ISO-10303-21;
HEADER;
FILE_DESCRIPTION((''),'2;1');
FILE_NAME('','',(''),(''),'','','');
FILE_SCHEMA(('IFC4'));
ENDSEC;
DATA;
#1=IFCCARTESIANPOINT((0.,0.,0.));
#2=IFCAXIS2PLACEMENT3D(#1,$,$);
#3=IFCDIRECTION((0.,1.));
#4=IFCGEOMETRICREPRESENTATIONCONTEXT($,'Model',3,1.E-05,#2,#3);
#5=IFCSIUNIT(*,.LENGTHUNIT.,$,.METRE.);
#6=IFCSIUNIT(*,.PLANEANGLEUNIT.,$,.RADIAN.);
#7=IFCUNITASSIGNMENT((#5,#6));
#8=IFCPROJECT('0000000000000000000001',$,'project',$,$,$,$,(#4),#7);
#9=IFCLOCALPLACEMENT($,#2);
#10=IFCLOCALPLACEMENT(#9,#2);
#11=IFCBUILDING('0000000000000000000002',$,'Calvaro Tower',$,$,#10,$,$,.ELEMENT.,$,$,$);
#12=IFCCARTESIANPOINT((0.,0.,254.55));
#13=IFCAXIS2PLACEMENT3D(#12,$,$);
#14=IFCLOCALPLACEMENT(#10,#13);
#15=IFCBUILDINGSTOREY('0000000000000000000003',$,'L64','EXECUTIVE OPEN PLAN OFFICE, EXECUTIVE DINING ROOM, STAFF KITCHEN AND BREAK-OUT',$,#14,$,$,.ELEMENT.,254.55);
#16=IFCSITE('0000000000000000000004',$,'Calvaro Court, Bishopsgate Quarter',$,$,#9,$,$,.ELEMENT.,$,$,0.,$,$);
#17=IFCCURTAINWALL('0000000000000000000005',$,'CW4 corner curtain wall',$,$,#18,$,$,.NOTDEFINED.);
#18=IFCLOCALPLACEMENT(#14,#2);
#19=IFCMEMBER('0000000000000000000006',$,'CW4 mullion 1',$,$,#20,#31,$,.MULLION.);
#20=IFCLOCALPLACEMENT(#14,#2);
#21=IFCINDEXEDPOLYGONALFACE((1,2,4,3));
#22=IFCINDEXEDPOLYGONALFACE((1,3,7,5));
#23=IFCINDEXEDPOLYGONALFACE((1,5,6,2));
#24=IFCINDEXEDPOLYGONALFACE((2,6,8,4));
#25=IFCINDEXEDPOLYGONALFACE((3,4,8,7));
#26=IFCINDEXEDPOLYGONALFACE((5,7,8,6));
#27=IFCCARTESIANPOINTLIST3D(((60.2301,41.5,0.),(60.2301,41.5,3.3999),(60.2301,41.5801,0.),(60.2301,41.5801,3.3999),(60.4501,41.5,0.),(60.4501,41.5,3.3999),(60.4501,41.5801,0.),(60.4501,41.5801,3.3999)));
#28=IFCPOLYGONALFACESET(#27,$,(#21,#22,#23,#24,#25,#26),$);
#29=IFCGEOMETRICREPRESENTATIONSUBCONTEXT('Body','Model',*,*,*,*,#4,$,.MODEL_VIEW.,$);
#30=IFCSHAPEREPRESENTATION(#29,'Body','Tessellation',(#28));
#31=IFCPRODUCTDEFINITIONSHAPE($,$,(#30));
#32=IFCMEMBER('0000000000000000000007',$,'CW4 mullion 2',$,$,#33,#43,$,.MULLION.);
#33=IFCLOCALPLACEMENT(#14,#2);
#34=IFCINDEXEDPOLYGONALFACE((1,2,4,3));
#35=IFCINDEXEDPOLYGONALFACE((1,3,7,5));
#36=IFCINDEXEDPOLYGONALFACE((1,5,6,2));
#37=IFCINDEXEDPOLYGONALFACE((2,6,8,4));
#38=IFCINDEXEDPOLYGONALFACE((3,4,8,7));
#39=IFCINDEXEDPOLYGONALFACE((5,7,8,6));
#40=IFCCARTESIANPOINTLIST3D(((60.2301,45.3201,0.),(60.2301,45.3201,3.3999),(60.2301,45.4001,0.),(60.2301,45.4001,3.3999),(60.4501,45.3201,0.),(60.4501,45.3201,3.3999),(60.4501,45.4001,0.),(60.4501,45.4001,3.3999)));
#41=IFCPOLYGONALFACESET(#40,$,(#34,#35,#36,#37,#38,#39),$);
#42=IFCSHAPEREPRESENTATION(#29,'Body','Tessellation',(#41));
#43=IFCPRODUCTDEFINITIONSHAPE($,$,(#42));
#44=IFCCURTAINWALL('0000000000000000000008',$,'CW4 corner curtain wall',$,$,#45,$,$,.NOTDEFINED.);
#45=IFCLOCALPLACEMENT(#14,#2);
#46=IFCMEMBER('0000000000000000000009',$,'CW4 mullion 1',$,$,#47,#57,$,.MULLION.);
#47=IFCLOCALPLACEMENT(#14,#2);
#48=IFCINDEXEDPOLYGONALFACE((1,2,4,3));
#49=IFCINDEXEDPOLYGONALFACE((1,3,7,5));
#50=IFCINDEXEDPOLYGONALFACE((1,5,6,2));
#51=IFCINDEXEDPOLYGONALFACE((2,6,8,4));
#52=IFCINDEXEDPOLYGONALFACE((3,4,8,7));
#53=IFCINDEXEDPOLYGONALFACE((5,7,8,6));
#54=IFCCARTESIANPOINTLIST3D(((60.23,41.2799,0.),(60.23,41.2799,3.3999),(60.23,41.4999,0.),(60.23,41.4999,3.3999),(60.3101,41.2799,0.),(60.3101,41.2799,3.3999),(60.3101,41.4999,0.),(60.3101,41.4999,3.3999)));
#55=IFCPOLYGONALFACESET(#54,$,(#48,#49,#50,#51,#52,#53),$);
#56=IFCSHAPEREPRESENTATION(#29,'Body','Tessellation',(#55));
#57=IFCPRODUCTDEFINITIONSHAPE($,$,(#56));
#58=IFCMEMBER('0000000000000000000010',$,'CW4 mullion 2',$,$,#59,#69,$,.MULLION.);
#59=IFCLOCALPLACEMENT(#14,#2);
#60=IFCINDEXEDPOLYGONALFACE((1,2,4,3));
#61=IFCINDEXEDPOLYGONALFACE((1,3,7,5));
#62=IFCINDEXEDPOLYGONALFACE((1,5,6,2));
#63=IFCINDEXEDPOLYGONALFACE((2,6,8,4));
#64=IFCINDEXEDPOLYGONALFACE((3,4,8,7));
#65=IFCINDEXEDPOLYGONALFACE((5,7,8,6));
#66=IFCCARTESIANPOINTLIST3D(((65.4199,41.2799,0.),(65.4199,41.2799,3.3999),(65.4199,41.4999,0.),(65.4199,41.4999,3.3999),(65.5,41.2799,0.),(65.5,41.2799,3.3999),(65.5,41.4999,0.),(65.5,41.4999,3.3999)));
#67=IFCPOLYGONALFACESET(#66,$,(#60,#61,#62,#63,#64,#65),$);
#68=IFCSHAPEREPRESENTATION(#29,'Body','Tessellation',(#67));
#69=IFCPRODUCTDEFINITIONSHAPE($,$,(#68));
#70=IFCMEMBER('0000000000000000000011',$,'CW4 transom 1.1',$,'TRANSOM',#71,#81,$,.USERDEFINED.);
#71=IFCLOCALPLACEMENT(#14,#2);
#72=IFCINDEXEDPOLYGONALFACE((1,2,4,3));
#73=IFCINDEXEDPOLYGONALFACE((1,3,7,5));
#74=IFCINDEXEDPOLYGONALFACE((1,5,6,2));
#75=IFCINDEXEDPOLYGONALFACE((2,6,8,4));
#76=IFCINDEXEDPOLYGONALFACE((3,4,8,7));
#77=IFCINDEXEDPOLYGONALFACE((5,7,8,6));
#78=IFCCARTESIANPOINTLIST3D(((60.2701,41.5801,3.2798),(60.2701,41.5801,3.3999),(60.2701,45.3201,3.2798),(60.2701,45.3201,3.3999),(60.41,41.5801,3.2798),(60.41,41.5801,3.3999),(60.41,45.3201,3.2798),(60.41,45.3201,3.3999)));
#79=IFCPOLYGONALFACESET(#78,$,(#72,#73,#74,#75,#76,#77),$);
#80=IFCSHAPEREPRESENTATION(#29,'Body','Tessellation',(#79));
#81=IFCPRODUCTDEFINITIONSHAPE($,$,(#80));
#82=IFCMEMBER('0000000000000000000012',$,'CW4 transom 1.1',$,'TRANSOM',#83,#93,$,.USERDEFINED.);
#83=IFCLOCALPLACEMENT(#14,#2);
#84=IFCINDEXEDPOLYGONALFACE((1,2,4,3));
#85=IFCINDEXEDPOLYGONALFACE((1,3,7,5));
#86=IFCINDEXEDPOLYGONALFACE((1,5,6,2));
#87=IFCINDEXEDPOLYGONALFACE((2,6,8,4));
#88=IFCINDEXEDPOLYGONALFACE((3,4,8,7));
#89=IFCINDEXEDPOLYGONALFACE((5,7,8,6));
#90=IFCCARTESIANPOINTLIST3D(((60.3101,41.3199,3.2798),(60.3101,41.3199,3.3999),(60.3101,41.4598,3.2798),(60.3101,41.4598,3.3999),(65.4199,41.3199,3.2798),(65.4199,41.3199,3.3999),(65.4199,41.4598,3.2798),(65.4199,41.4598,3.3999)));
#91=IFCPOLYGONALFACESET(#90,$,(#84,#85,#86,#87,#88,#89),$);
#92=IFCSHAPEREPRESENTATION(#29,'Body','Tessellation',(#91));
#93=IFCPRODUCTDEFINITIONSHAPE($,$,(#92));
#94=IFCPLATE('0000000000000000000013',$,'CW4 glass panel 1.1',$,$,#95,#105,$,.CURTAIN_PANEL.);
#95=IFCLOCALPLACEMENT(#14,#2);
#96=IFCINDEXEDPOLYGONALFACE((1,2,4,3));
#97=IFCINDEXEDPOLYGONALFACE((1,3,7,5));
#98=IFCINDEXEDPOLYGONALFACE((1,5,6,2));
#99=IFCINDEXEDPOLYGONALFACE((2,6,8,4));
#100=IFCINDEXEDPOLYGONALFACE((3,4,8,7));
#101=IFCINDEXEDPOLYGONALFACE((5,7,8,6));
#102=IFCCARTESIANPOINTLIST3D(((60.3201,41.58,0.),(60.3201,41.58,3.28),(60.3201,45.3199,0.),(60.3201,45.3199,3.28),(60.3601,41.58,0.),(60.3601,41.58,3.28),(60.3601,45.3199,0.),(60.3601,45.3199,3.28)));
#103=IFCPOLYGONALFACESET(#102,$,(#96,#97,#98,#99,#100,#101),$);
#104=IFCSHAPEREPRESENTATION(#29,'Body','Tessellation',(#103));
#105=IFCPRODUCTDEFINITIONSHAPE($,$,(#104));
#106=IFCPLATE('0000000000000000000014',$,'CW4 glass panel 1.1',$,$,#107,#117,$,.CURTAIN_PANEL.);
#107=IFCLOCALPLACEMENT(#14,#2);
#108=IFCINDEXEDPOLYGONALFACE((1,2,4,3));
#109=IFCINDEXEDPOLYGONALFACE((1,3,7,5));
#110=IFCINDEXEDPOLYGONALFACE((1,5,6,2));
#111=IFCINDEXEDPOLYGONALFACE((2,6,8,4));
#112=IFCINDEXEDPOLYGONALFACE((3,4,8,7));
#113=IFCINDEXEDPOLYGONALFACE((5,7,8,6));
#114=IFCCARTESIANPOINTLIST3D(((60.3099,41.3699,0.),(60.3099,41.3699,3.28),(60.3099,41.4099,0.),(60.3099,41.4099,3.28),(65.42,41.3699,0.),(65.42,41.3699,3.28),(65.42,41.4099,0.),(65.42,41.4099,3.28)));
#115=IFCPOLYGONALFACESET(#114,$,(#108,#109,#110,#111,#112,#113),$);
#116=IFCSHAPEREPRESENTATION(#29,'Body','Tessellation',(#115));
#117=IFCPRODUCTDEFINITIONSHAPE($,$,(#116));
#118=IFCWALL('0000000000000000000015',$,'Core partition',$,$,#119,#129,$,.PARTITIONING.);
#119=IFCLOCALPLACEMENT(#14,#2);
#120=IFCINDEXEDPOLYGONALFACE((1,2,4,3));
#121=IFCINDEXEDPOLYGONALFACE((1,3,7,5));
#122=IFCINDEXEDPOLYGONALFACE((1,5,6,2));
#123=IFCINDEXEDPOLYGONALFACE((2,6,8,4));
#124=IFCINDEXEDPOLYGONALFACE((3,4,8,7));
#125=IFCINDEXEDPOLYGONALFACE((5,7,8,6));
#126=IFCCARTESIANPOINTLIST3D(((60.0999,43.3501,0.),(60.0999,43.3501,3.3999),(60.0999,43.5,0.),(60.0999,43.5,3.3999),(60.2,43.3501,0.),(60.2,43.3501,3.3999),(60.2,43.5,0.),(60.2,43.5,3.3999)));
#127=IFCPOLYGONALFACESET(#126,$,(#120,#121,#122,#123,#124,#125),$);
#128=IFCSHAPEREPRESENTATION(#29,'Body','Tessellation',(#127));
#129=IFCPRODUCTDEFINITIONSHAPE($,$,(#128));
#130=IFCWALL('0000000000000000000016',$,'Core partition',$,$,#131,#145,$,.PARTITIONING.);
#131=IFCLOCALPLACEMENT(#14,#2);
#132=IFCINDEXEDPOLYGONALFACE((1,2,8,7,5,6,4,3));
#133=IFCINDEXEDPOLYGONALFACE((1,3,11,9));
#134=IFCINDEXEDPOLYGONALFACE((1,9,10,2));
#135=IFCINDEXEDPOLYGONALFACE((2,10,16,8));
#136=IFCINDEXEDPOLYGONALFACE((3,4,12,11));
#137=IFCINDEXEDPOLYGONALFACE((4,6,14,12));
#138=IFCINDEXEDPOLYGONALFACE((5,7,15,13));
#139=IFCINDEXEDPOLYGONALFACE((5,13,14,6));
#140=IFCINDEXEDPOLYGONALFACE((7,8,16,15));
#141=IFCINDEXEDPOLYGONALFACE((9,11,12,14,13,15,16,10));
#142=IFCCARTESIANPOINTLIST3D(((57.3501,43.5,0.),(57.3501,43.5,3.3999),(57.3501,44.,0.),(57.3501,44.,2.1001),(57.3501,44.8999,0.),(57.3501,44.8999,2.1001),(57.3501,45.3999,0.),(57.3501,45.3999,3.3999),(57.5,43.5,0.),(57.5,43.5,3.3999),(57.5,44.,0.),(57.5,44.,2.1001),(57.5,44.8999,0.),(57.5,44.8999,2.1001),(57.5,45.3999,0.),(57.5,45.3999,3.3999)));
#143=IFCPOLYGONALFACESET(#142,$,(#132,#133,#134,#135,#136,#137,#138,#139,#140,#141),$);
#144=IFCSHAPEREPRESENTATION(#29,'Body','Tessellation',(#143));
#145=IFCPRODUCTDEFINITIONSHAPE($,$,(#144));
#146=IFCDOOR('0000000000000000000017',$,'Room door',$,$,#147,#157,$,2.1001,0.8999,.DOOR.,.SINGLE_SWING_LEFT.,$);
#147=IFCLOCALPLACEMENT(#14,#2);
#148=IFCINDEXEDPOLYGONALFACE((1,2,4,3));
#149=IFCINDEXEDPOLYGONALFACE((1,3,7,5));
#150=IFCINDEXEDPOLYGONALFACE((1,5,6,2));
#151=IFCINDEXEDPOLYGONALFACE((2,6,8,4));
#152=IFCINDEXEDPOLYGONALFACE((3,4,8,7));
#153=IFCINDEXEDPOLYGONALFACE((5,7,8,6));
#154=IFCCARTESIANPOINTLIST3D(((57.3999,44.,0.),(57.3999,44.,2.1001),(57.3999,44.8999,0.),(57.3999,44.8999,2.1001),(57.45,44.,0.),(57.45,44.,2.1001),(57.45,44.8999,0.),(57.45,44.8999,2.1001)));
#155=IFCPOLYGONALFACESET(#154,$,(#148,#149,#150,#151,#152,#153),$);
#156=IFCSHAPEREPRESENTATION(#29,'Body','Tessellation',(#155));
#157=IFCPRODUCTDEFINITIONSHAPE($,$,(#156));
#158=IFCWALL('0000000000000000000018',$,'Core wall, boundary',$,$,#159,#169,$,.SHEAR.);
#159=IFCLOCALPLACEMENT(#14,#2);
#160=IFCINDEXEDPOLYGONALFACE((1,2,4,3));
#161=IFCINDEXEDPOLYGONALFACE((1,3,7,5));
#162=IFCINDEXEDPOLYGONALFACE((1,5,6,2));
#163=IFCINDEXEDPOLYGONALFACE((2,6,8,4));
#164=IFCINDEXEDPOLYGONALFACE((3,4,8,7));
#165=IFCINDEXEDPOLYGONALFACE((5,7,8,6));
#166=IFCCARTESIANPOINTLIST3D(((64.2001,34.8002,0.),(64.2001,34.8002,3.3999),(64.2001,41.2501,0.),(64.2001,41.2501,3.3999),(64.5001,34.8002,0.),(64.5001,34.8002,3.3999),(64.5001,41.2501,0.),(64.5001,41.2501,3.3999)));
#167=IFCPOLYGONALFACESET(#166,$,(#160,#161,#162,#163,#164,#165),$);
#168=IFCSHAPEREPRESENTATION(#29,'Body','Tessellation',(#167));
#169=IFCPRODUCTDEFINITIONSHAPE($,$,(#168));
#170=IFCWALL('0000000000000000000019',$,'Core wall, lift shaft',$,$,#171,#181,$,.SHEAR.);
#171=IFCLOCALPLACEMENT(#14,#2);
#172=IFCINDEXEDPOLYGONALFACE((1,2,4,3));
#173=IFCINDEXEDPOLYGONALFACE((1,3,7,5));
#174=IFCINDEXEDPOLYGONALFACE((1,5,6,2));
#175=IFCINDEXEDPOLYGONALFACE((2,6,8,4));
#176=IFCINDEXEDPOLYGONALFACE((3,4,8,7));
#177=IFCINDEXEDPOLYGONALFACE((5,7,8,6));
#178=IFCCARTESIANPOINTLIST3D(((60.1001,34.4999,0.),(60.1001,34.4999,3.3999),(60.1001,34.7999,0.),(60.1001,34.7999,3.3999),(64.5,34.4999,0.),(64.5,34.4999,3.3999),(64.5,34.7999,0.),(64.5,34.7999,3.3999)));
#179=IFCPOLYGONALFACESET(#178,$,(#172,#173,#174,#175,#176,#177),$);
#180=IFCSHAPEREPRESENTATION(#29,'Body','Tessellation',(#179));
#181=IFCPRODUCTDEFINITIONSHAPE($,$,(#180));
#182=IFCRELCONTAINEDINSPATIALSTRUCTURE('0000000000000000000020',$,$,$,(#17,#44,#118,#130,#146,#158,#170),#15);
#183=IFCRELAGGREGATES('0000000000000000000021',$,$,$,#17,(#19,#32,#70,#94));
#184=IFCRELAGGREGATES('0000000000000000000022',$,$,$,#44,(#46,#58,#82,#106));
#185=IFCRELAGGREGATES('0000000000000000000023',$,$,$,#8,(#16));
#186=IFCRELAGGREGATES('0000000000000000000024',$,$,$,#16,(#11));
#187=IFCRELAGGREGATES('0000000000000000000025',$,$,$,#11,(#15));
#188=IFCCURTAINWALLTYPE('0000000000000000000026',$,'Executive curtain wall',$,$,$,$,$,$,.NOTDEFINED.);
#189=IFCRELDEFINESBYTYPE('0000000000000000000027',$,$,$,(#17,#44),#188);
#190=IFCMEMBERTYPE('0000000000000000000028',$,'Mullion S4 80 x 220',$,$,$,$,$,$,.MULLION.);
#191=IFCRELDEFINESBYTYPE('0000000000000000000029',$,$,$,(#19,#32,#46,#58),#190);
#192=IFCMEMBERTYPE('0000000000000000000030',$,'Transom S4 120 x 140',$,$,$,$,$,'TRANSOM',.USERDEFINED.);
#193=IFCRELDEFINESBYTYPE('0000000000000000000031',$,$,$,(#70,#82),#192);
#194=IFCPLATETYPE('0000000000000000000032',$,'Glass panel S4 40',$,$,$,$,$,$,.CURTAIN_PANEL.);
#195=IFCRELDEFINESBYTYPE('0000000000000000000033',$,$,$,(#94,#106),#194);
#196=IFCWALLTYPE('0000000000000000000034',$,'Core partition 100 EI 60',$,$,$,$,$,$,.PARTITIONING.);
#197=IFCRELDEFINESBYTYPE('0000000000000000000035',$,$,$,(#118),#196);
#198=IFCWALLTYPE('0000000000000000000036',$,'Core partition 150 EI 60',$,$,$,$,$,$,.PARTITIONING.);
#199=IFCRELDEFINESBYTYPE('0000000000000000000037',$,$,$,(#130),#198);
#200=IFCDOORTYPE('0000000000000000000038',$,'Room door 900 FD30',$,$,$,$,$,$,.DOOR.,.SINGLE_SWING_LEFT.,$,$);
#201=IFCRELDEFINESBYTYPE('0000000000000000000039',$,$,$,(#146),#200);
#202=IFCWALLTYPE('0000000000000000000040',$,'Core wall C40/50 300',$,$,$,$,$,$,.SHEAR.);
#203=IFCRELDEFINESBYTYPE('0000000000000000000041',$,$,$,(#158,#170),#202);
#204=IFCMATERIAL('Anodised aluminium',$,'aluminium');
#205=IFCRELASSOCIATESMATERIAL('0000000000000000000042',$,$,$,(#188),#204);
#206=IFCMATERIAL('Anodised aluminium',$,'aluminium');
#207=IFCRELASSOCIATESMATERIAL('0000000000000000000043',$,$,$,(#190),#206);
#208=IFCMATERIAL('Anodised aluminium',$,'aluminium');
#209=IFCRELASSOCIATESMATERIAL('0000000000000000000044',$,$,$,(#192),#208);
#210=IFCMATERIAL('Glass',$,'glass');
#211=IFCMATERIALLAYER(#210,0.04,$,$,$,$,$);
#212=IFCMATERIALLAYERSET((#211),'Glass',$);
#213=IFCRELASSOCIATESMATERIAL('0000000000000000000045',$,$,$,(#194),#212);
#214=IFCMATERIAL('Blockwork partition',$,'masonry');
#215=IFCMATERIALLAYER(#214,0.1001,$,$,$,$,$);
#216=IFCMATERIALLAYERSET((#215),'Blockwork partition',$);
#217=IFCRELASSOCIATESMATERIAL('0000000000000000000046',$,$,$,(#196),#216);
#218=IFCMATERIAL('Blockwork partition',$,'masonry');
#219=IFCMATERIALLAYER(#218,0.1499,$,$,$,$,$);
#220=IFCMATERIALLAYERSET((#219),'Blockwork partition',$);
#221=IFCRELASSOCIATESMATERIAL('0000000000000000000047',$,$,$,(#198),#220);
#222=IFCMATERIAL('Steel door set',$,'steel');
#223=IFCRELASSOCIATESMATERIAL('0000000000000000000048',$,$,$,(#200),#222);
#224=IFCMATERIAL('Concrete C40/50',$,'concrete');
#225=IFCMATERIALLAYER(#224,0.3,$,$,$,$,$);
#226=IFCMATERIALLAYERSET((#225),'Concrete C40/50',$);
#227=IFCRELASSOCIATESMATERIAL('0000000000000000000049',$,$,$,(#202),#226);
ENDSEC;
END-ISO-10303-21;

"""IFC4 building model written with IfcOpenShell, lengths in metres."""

from ifc_helpers import new_model, si_unit, direction, frame, frame_2d, origin, origin_2d, place, context, subcontext, project, spatial, rectangle, extrude, material, layer, layer_set, material_profile, profile_set, type_object, element, fill, aggregate, save


model = new_model("IFC4")

# Units and contexts
model_context = context("Model", 3, precision=1e-05, world=origin(), true_north=direction((0.0, 1.0)))
body_context = subcontext(model_context, "Body", "Model", "MODEL_VIEW")
ifc_project = project(units=[si_unit("LENGTHUNIT", "METRE"), si_unit("PLANEANGLEUNIT", "RADIAN")], contexts=[model_context])

# Site, building, storey
site_placement = place(None, origin())
site = spatial("IfcSite", under=ifc_project, at=site_placement, Name="Calvaro Court, Bishopsgate Quarter", CompositionType="ELEMENT", RefElevation=0.0)
building_placement = place(site_placement, origin())
building = spatial("IfcBuilding", under=site, at=building_placement, Name="Calvaro Tower", CompositionType="ELEMENT")
storey_placement = place(building_placement, frame((0.0, 0.0, 254.55)))
storey = spatial("IfcBuildingStorey", under=building, at=storey_placement, Name="L64", Description="EXECUTIVE OPEN PLAN OFFICE, EXECUTIVE DINING ROOM, STAFF KITCHEN AND BREAK-OUT", CompositionType="ELEMENT", Elevation=254.55)

# Curtain walls, members
ifc_material_1 = material(Name="Anodised aluminium", Category="aluminium")
curtain_wall_type = type_object("IfcCurtainWallType", Name="Executive curtain wall", PredefinedType="NOTDEFINED", material=ifc_material_1)
curtain_wall_1_placement = place(storey_placement, origin())
curtain_wall_1 = element("IfcCurtainWall", 1, at=curtain_wall_1_placement, inside=storey, type_object=curtain_wall_type, Name="CW4 corner curtain wall", PredefinedType="NOTDEFINED")
ifc_material_2 = material(Name="Anodised aluminium", Category="aluminium")
ifc_material_profile_1 = material_profile(ifc_material_2, rectangle(XDim=0.22, YDim=0.0801, at=origin_2d()), Name="Mullion S4 80 x 220")
ifc_profile_set_1 = profile_set([ifc_material_profile_1], Name="Anodised aluminium")
member_type_1 = type_object("IfcMemberType", Name="Mullion S4 80 x 220", PredefinedType="MULLION", material=ifc_profile_set_1)
member_1_placement = place(storey_placement, frame((60.3401, 41.54, 0.0), z_axis=(0.0, 0.0, 1.0), x_axis=(-1.0, 0.0, 0.0)))
member_1 = element("IfcMember", 2, at=member_1_placement, type_object=member_type_1, Name="CW4 mullion 1", PredefinedType="MULLION", context=body_context, shape_type="SweptSolid", body=[
    extrude(rectangle(XDim=0.22, YDim=0.0801, at=origin_2d()), origin(), (0.0, 0.0, 1.0), 3.3999),
])
member_2_placement = place(storey_placement, frame((60.3401, 45.3601, 0.0), z_axis=(0.0, 0.0, 1.0), x_axis=(-1.0, 0.0, 0.0)))
member_2 = element("IfcMember", 3, at=member_2_placement, type_object=member_type_1, Name="CW4 mullion 2", PredefinedType="MULLION", context=body_context, shape_type="SweptSolid", body=[
    extrude(rectangle(XDim=0.22, YDim=0.0801, at=origin_2d()), origin(), (0.0, 0.0, 1.0), 3.3999),
])
curtain_wall_2_placement = place(storey_placement, origin())
curtain_wall_2 = element("IfcCurtainWall", 4, at=curtain_wall_2_placement, inside=storey, type_object=curtain_wall_type, Name="CW4 corner curtain wall", PredefinedType="NOTDEFINED")
member_3_placement = place(storey_placement, frame((60.27, 41.3899, 0.0), z_axis=(0.0, 0.0, 1.0), x_axis=(0.0, 1.0, 0.0)))
member_3 = element("IfcMember", 5, at=member_3_placement, type_object=member_type_1, Name="CW4 mullion 1", PredefinedType="MULLION", context=body_context, shape_type="SweptSolid", body=[
    extrude(rectangle(XDim=0.22, YDim=0.0801, at=origin_2d()), origin(), (0.0, 0.0, 1.0), 3.3999),
])
member_4_placement = place(storey_placement, frame((65.46, 41.3899, 0.0), z_axis=(0.0, 0.0, 1.0), x_axis=(0.0, 1.0, 0.0)))
member_4 = element("IfcMember", 6, at=member_4_placement, type_object=member_type_1, Name="CW4 mullion 2", PredefinedType="MULLION", context=body_context, shape_type="SweptSolid", body=[
    extrude(rectangle(XDim=0.22, YDim=0.0801, at=origin_2d()), origin(), (0.0, 0.0, 1.0), 3.3999),
])

# Members
ifc_material_3 = material(Name="Anodised aluminium", Category="aluminium")
ifc_material_profile_2 = material_profile(ifc_material_3, rectangle(XDim=0.1399, YDim=0.1201, at=origin_2d()), Name="Transom S4 120 x 140")
ifc_profile_set_2 = profile_set([ifc_material_profile_2], Name="Anodised aluminium")
member_type_2 = type_object("IfcMemberType", Name="Transom S4 120 x 140", ElementType="TRANSOM", PredefinedType="USERDEFINED", material=ifc_profile_set_2)
member_5_placement = place(storey_placement, frame((60.3401, 41.5801, 3.3398), z_axis=(0.0, 1.0, 0.0), x_axis=(-1.0, 0.0, 0.0)))
member_5 = element("IfcMember", 7, at=member_5_placement, type_object=member_type_2, Name="CW4 transom 1.1", ObjectType="TRANSOM", PredefinedType="USERDEFINED", context=body_context, shape_type="SweptSolid", body=[
    extrude(rectangle(XDim=0.1399, YDim=0.1201, at=origin_2d()), origin(), (0.0, 0.0, 1.0), 3.74),
])
member_6_placement = place(storey_placement, frame((60.3101, 41.3899, 3.3398), z_axis=(1.0, 0.0, 0.0), x_axis=(0.0, 1.0, 0.0)))
member_6 = element("IfcMember", 8, at=member_6_placement, type_object=member_type_2, Name="CW4 transom 1.1", ObjectType="TRANSOM", PredefinedType="USERDEFINED", context=body_context, shape_type="SweptSolid", body=[
    extrude(rectangle(XDim=0.1399, YDim=0.1201, at=origin_2d()), origin(), (0.0, 0.0, 1.0), 5.1099),
])

# Plates
ifc_material_4 = material(Name="Glass", Category="glass")
ifc_layer_1 = layer(ifc_material_4, 0.04)
ifc_layer_set_1 = layer_set([ifc_layer_1], Name="Glass")
plate_type = type_object("IfcPlateType", Name="Glass panel S4 40", PredefinedType="CURTAIN_PANEL", material=ifc_layer_set_1)
plate_1_placement = place(storey_placement, frame((60.3401, 43.45, 0.0), z_axis=(0.0, 0.0, 1.0), x_axis=(0.0, 1.0, 0.0)))
plate_1 = element("IfcPlate", 9, at=plate_1_placement, type_object=plate_type, Name="CW4 glass panel 1.1", PredefinedType="CURTAIN_PANEL", context=body_context, shape_type="SweptSolid", body=[
    extrude(rectangle(XDim=3.74, YDim=0.04, at=origin_2d()), origin(), (0.0, 0.0, 1.0), 3.28),
])
aggregate(curtain_wall_1, [member_1, member_2, member_5, plate_1])
plate_2_placement = place(storey_placement, frame((62.865, 41.3899, 0.0), z_axis=(0.0, 0.0, 1.0), x_axis=(1.0, 0.0, 0.0)))
plate_2 = element("IfcPlate", 10, at=plate_2_placement, type_object=plate_type, Name="CW4 glass panel 1.1", PredefinedType="CURTAIN_PANEL", context=body_context, shape_type="SweptSolid", body=[
    extrude(rectangle(XDim=5.1101, YDim=0.04, at=origin_2d()), origin(), (0.0, 0.0, 1.0), 3.28),
])
aggregate(curtain_wall_2, [member_3, member_4, member_6, plate_2])

# Wall
ifc_material_5 = material(Name="Blockwork partition", Category="masonry")
ifc_layer_2 = layer(ifc_material_5, 0.1001)
ifc_layer_set_2 = layer_set([ifc_layer_2], Name="Blockwork partition")
wall_type_1 = type_object("IfcWallType", Name="Core partition 100 EI 60", PredefinedType="PARTITIONING", material=ifc_layer_set_2)
wall_1_placement = place(storey_placement, frame((60.1499, 43.3501, 0.0), z_axis=(0.0, 0.0, 1.0), x_axis=(0.0, 1.0, 0.0)))
element("IfcWall", 11, at=wall_1_placement, inside=storey, type_object=wall_type_1, Name="Core partition", PredefinedType="PARTITIONING", context=body_context, shape_type="SweptSolid", body=[
    extrude(rectangle(XDim=0.1499, YDim=0.1001, at=frame_2d((0.075, 0.0))), origin(), (0.0, 0.0, 1.0), 3.3999),
])

# Wall, opening, door
ifc_material_6 = material(Name="Blockwork partition", Category="masonry")
ifc_layer_3 = layer(ifc_material_6, 0.1499)
ifc_layer_set_3 = layer_set([ifc_layer_3], Name="Blockwork partition")
wall_type_2 = type_object("IfcWallType", Name="Core partition 150 EI 60", PredefinedType="PARTITIONING", material=ifc_layer_set_3)
wall_2_placement = place(storey_placement, frame((57.425, 45.3999, 0.0), z_axis=(0.0, 0.0, 1.0), x_axis=(0.0, -1.0, 0.0)))
wall_2 = element("IfcWall", 12, at=wall_2_placement, inside=storey, type_object=wall_type_2, Name="Core partition", PredefinedType="PARTITIONING", context=body_context, shape_type="SweptSolid", body=[
    extrude(rectangle(XDim=1.8999, YDim=0.1499, at=frame_2d((0.95, 0.0))), origin(), (0.0, 0.0, 1.0), 3.3999),
])
opening_1_placement = place(wall_2_placement, frame((0.5, 0.0, 0.0)))
opening_1 = element("IfcOpeningElement", 13, at=opening_1_placement, cuts=wall_2, PredefinedType="OPENING", context=body_context, shape_type="SweptSolid", body=[
    extrude(rectangle(XDim=0.8999, YDim=2.1001, at=frame_2d((0.45, 1.05))), frame((0.0, 0.085, 0.0), z_axis=(0.0, -1.0, 0.0), x_axis=(1.0, 0.0, 0.0)), (0.0, 0.0, 1.0), 0.1699),
])
ifc_material_7 = material(Name="Steel door set", Category="steel")
door_type_1 = type_object("IfcDoorType", Name="Room door 900 FD30", OperationType="SINGLE_SWING_LEFT", PredefinedType="DOOR", material=ifc_material_7)
door_1_placement = place(opening_1_placement, origin())
door_1 = element("IfcDoor", 14, at=door_1_placement, inside=storey, type_object=door_type_1, Name="Room door", OperationType="SINGLE_SWING_LEFT", OverallHeight=2.1001, OverallWidth=0.8999, PredefinedType="DOOR", context=body_context, shape_type="SweptSolid", body=[
    extrude(rectangle(XDim=0.8999, YDim=2.1001, at=frame_2d((0.45, 1.05))), frame((0.0, 0.0249, 0.0), z_axis=(0.0, -1.0, 0.0), x_axis=(1.0, 0.0, 0.0)), (0.0, 0.0, 1.0), 0.05),
])
fill(opening_1, door_1)

# Walls
ifc_material_8 = material(Name="Concrete C40/50", Category="concrete")
ifc_layer_4 = layer(ifc_material_8, 0.3)
ifc_layer_set_4 = layer_set([ifc_layer_4], Name="Concrete C40/50")
wall_type_3 = type_object("IfcWallType", Name="Core wall C40/50 300", PredefinedType="SHEAR", material=ifc_layer_set_4)
wall_3_placement = place(storey_placement, frame((64.3501, 34.8, 0.0), z_axis=(0.0, 0.0, 1.0), x_axis=(0.0, 1.0, 0.0)))
element("IfcWall", 15, at=wall_3_placement, inside=storey, type_object=wall_type_3, Name="Core wall, boundary", PredefinedType="SHEAR", context=body_context, shape_type="SweptSolid", body=[
    extrude(rectangle(XDim=6.45, YDim=0.3, at=frame_2d((3.2251, 0.0))), origin(), (0.0, 0.0, 1.0), 3.3999),
])
wall_4_placement = place(storey_placement, frame((60.1001, 34.6499, 0.0), z_axis=(0.0, 0.0, 1.0), x_axis=(1.0, 0.0, 0.0)))
element("IfcWall", 16, at=wall_4_placement, inside=storey, type_object=wall_type_3, Name="Core wall, lift shaft", PredefinedType="SHEAR", context=body_context, shape_type="SweptSolid", body=[
    extrude(rectangle(XDim=4.3999, YDim=0.3, at=frame_2d((2.2, 0.0))), origin(), (0.0, 0.0, 1.0), 3.3999),
])

save(model, "model.ifc")
